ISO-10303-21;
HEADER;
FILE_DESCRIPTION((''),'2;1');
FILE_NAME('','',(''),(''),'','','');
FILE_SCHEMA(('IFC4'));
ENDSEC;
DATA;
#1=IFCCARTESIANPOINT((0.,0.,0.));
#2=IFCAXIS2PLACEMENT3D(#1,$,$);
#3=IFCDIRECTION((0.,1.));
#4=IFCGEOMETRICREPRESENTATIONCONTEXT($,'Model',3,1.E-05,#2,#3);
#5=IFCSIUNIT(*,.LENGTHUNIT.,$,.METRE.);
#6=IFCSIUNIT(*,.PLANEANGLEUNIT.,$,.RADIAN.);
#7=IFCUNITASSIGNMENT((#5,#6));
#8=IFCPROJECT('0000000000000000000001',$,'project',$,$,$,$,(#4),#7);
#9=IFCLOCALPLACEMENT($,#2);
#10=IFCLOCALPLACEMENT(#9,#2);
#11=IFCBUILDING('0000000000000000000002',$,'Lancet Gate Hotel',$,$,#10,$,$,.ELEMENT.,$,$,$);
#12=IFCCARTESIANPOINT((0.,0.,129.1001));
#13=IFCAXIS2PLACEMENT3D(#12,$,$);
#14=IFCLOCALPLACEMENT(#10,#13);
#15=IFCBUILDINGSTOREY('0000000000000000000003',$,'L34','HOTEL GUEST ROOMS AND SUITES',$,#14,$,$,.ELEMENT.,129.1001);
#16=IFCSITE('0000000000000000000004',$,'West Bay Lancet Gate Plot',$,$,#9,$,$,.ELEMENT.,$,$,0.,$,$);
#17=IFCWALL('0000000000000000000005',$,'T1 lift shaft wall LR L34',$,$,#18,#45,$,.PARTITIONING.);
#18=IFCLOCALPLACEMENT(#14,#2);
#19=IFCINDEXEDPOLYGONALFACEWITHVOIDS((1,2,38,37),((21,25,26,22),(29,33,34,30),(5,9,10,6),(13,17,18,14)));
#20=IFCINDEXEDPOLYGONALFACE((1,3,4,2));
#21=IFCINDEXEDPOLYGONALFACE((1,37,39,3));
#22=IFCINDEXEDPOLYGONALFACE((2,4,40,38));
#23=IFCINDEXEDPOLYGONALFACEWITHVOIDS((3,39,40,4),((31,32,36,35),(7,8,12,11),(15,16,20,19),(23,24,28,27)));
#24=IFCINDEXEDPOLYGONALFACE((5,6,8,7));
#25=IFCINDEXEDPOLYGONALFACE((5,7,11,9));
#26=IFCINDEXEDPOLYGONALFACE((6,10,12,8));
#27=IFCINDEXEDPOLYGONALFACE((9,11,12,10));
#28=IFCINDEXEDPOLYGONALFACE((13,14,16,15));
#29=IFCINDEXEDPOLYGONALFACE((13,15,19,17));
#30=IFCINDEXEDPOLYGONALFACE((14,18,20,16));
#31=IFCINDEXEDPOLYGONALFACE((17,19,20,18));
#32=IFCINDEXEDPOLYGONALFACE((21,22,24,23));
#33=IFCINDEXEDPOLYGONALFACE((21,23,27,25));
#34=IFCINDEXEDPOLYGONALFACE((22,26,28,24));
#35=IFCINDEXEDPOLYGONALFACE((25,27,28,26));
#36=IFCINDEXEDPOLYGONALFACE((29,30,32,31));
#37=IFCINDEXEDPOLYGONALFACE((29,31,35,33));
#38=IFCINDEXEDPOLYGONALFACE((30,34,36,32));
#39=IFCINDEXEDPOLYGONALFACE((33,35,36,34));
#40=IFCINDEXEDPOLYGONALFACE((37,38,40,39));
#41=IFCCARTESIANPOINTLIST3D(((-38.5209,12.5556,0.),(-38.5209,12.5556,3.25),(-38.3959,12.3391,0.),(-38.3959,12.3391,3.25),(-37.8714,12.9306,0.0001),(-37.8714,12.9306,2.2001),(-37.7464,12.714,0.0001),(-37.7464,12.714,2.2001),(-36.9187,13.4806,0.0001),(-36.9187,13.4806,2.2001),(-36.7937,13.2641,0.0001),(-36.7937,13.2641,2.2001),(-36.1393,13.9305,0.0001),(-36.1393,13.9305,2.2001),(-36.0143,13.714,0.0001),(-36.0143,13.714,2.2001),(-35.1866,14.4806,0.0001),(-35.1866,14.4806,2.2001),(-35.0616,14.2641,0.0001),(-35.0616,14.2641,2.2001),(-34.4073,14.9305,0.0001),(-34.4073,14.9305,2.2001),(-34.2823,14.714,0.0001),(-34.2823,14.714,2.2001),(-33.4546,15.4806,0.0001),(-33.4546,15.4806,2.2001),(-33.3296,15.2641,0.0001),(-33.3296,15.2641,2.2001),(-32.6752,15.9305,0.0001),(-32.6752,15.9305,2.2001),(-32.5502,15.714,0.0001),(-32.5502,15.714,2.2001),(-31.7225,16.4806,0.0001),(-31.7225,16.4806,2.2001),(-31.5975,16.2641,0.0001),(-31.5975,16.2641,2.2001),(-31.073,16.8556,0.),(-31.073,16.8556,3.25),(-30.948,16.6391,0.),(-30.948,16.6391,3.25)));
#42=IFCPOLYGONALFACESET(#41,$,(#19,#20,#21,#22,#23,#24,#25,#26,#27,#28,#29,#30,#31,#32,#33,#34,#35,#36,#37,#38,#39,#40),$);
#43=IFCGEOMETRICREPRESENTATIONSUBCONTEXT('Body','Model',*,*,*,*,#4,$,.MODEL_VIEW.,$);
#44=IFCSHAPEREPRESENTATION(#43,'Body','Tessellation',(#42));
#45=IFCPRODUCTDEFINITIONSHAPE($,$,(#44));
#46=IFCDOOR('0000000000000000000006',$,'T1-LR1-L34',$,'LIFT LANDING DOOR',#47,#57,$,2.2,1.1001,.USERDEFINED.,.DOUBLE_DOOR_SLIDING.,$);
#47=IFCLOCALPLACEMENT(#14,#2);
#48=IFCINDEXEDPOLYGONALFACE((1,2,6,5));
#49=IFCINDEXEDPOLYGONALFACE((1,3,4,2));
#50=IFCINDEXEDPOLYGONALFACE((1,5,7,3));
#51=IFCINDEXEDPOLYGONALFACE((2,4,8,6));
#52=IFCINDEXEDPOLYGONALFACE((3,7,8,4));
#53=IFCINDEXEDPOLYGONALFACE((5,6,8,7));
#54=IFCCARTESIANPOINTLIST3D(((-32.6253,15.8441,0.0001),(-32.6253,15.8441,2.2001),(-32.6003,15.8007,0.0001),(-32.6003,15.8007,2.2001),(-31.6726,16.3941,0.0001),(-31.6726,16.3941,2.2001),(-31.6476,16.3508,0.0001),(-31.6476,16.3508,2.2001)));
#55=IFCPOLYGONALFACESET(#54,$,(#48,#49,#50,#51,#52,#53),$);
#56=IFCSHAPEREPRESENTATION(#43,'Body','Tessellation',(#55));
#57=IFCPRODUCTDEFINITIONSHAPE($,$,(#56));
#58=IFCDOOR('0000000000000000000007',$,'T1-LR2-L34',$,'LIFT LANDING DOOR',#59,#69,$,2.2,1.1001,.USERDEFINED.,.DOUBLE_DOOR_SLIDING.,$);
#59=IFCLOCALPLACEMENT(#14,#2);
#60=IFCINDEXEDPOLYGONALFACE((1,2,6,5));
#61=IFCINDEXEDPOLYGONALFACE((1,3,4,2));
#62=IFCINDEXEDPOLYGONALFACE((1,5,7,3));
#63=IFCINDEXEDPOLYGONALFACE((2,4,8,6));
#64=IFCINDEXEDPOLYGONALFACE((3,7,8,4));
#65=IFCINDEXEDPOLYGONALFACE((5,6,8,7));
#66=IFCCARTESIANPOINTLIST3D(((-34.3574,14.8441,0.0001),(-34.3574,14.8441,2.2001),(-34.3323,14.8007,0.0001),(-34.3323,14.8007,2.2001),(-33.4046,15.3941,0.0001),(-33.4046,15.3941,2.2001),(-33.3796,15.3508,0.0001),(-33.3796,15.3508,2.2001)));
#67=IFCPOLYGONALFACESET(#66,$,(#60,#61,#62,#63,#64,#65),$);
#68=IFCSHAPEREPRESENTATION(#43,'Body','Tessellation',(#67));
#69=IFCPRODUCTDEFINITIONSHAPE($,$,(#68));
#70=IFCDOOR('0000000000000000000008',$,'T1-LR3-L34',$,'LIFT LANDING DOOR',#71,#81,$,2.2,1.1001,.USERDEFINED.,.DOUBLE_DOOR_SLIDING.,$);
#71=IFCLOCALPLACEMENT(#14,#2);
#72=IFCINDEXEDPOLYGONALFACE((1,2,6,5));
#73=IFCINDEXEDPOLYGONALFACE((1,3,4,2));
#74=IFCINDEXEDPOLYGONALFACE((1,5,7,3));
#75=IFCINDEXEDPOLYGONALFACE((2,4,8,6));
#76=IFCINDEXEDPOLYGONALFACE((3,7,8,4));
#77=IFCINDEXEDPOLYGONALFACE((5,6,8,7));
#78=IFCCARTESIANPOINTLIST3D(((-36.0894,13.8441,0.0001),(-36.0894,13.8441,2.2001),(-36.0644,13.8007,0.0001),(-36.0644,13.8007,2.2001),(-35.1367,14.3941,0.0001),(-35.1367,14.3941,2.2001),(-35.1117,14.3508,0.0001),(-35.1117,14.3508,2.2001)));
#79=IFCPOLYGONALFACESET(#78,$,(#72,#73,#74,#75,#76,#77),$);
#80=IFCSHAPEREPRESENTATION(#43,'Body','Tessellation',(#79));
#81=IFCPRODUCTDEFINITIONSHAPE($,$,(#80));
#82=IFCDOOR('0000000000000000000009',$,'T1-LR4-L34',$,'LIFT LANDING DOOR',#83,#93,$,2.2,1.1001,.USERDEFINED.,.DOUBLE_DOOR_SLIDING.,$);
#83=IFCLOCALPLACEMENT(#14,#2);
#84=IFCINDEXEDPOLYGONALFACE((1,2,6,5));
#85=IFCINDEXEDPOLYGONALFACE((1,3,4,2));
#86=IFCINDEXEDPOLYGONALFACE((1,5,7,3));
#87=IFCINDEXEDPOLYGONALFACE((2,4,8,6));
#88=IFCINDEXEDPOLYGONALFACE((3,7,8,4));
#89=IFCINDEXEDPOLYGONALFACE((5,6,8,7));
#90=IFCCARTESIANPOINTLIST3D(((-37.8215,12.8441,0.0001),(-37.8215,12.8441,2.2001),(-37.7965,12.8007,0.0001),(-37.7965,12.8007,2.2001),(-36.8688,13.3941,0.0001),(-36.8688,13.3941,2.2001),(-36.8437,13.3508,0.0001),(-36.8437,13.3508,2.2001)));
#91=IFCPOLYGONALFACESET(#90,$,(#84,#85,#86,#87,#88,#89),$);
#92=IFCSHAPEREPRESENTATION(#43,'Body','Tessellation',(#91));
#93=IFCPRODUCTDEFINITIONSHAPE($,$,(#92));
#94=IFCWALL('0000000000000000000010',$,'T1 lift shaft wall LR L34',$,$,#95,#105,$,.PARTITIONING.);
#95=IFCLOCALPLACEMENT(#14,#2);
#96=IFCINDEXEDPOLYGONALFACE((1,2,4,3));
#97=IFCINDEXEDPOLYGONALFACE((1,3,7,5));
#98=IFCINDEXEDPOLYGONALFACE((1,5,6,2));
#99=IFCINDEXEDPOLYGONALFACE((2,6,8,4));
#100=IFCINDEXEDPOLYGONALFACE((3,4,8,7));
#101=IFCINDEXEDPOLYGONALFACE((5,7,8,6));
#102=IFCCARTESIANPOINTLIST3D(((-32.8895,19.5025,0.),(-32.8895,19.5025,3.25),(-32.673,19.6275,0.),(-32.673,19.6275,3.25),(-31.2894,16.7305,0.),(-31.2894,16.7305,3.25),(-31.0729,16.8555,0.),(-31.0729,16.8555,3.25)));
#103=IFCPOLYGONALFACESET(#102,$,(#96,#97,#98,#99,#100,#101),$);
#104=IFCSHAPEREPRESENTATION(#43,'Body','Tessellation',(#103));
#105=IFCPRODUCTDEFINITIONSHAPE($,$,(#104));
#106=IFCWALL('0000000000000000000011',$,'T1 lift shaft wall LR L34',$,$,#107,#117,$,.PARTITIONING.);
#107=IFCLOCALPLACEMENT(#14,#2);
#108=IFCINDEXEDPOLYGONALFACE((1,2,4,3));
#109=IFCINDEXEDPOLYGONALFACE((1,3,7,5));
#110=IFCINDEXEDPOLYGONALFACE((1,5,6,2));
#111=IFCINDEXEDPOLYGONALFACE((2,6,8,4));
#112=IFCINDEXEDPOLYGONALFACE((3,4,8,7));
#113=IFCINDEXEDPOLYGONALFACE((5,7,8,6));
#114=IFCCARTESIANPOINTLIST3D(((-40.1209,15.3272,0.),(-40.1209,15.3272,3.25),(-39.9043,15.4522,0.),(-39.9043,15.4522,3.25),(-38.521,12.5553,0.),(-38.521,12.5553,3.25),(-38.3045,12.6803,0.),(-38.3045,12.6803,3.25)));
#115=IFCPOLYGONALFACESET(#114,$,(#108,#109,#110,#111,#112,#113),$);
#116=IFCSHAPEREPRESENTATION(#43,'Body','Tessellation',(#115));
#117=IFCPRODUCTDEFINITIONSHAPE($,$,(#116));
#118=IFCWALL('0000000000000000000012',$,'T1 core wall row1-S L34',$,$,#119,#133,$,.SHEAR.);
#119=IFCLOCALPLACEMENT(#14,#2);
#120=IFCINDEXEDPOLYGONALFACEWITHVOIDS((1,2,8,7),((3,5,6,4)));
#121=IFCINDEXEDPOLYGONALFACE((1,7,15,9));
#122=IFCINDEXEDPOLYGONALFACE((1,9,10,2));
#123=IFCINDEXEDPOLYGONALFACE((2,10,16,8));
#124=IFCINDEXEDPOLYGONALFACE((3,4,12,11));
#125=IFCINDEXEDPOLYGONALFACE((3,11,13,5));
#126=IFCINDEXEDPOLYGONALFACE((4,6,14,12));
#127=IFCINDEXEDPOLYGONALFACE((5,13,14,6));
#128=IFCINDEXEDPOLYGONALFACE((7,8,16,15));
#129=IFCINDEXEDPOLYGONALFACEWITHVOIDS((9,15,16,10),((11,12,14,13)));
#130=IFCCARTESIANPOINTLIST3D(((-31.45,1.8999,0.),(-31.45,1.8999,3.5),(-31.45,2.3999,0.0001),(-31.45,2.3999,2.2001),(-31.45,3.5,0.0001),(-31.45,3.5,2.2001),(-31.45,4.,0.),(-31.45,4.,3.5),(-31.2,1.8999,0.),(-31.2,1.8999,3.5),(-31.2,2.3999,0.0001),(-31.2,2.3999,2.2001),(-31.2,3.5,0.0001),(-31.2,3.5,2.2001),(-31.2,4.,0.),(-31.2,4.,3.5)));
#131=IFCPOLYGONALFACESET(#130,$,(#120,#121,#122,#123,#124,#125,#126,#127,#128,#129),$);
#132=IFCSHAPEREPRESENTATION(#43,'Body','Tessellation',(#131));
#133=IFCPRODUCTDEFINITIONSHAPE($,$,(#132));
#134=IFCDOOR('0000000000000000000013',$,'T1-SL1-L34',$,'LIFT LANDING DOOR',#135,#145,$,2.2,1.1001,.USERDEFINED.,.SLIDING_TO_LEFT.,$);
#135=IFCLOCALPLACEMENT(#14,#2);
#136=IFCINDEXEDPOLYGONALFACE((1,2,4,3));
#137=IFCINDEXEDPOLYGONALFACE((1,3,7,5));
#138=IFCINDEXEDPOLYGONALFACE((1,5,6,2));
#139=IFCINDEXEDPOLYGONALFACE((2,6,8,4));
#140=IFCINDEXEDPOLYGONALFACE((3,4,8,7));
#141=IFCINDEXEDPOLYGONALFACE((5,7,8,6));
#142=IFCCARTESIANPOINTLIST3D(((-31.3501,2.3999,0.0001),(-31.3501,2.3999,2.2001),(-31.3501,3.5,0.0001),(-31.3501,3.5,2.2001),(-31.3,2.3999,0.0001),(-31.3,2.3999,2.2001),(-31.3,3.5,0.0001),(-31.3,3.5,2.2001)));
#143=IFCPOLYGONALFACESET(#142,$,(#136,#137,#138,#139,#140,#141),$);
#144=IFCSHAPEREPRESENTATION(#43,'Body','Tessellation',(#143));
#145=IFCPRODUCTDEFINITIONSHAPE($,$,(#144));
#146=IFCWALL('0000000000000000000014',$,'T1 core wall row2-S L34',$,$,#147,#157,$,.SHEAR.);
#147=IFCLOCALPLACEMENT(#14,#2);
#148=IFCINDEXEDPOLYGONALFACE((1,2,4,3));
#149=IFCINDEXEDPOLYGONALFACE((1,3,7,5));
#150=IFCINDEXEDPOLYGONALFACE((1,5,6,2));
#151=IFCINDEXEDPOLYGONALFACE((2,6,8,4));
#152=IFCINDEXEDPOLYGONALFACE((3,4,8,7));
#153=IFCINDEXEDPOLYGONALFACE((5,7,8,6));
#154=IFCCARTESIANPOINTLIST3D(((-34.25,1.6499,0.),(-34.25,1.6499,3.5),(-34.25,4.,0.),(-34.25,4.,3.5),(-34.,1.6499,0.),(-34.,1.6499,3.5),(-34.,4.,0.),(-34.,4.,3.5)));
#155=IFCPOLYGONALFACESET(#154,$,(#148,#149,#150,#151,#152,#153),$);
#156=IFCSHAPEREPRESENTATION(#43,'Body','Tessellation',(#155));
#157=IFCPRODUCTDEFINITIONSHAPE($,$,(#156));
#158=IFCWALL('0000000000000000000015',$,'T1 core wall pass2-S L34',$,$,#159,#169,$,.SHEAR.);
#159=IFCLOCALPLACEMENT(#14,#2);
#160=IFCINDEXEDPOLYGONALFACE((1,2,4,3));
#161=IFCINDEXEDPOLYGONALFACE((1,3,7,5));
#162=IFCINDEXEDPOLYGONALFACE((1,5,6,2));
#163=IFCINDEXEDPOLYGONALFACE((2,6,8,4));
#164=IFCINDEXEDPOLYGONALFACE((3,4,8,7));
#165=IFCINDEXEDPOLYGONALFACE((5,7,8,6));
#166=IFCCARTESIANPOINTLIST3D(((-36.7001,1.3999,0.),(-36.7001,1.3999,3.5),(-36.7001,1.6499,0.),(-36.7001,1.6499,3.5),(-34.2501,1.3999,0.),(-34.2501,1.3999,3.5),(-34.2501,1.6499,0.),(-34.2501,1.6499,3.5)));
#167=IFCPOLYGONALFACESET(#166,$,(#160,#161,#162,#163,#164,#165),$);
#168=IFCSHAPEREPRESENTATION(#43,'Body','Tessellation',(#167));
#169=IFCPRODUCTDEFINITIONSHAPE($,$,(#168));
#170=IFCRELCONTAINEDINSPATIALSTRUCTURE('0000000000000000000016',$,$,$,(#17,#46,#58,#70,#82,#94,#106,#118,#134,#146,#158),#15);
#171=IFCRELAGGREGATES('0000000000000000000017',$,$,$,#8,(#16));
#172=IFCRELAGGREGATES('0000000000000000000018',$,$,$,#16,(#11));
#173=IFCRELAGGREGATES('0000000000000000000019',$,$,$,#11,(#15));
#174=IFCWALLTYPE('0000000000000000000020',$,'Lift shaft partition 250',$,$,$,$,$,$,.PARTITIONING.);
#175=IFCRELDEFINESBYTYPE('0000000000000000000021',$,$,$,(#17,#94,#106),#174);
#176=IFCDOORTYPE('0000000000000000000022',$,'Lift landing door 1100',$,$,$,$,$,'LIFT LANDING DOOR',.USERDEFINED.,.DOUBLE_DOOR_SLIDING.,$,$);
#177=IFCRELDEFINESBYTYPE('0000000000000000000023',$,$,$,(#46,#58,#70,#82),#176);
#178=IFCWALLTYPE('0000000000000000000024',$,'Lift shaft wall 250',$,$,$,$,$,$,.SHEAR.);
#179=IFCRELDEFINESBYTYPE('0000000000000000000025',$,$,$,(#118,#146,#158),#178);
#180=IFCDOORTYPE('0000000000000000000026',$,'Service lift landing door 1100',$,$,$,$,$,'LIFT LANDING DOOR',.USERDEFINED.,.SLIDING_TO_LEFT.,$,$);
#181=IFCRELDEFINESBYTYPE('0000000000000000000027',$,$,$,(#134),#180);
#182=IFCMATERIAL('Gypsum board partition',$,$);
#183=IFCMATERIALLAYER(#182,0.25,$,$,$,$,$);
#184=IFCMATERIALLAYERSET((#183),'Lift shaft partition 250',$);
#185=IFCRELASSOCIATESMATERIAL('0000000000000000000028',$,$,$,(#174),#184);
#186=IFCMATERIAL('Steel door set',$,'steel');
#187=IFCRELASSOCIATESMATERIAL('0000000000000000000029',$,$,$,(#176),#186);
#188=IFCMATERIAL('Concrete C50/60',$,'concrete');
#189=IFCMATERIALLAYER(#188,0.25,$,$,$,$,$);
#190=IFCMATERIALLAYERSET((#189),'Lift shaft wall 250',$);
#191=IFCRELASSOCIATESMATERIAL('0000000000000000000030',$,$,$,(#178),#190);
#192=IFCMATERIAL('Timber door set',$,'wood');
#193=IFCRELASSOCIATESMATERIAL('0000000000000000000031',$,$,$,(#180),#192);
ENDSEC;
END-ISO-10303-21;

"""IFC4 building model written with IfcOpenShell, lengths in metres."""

from ifc_helpers import new_model, si_unit, direction, frame, frame_2d, origin, place, context, subcontext, project, spatial, rectangle, extrude, material, layer, layer_set, type_object, element, fill, save


model = new_model("IFC4")

# Units and contexts
model_context = context("Model", 3, precision=1e-05, world=origin(), true_north=direction((0.0, 1.0)))
body_context = subcontext(model_context, "Body", "Model", "MODEL_VIEW")
ifc_project = project(units=[si_unit("LENGTHUNIT", "METRE"), si_unit("PLANEANGLEUNIT", "RADIAN")], contexts=[model_context])

# Site, building, storey
site_placement = place(None, origin())
site = spatial("IfcSite", under=ifc_project, at=site_placement, Name="West Bay Lancet Gate Plot", CompositionType="ELEMENT", RefElevation=0.0)
building_placement = place(site_placement, origin())
building = spatial("IfcBuilding", under=site, at=building_placement, Name="Lancet Gate Hotel", CompositionType="ELEMENT")
storey_placement = place(building_placement, frame((0.0, 0.0, 129.1001)))
storey = spatial("IfcBuildingStorey", under=building, at=storey_placement, Name="L34", Description="HOTEL GUEST ROOMS AND SUITES", CompositionType="ELEMENT", Elevation=129.1001)

# Wall, openings, doors
ifc_material_1 = material(Name="Gypsum board partition")
ifc_layer_1 = layer(ifc_material_1, 0.25)
ifc_layer_set_1 = layer_set([ifc_layer_1], Name="Lift shaft partition 250")
wall_type_1 = type_object("IfcWallType", Name="Lift shaft partition 250", PredefinedType="PARTITIONING", material=ifc_layer_set_1)
wall_1_placement = place(storey_placement, frame((-31.0105, 16.7473, 0.0), z_axis=(0.0, 0.0, 1.0), x_axis=(-0.866028, -0.499995, 0.0)))
wall_1 = element("IfcWall", 1, at=wall_1_placement, inside=storey, type_object=wall_type_1, Name="T1 lift shaft wall LR L34", PredefinedType="PARTITIONING", context=body_context, shape_type="SweptSolid", body=[
    extrude(rectangle(XDim=8.6001, YDim=0.25, at=frame_2d((4.3, 0.0))), origin(), (0.0, 0.0, 1.0), 3.25),
])
opening_1_placement = place(wall_1_placement, frame((0.75, 0.0, 0.0)))
opening_1 = element("IfcOpeningElement", 2, at=opening_1_placement, cuts=wall_1, PredefinedType="OPENING", context=body_context, shape_type="SweptSolid", body=[
    extrude(rectangle(XDim=1.1001, YDim=2.2, at=frame_2d((0.55, 1.1001))), frame((0.0, 0.135, 0.0), z_axis=(0.0, -1.0, 0.0), x_axis=(1.0, 0.0, 0.0)), (0.0, 0.0, 1.0), 0.27),
])
opening_2_placement = place(wall_1_placement, frame((2.75, 0.0, 0.0)))
opening_2 = element("IfcOpeningElement", 3, at=opening_2_placement, cuts=wall_1, PredefinedType="OPENING", context=body_context, shape_type="SweptSolid", body=[
    extrude(rectangle(XDim=1.1001, YDim=2.2, at=frame_2d((0.55, 1.1001))), frame((0.0, 0.135, 0.0), z_axis=(0.0, -1.0, 0.0), x_axis=(1.0, 0.0, 0.0)), (0.0, 0.0, 1.0), 0.27),
])
opening_3_placement = place(wall_1_placement, frame((4.75, 0.0, 0.0)))
opening_3 = element("IfcOpeningElement", 4, at=opening_3_placement, cuts=wall_1, PredefinedType="OPENING", context=body_context, shape_type="SweptSolid", body=[
    extrude(rectangle(XDim=1.1001, YDim=2.2, at=frame_2d((0.55, 1.1001))), frame((0.0, 0.135, 0.0), z_axis=(0.0, -1.0, 0.0), x_axis=(1.0, 0.0, 0.0)), (0.0, 0.0, 1.0), 0.27),
])
opening_4_placement = place(wall_1_placement, frame((6.75, 0.0, 0.0)))
opening_4 = element("IfcOpeningElement", 5, at=opening_4_placement, cuts=wall_1, PredefinedType="OPENING", context=body_context, shape_type="SweptSolid", body=[
    extrude(rectangle(XDim=1.1001, YDim=2.2, at=frame_2d((0.55, 1.1001))), frame((0.0, 0.135, 0.0), z_axis=(0.0, -1.0, 0.0), x_axis=(1.0, 0.0, 0.0)), (0.0, 0.0, 1.0), 0.27),
])
ifc_material_2 = material(Name="Steel door set", Category="steel")
door_type_1 = type_object("IfcDoorType", Name="Lift landing door 1100", ElementType="LIFT LANDING DOOR", OperationType="DOUBLE_DOOR_SLIDING", PredefinedType="USERDEFINED", material=ifc_material_2)
door_1_placement = place(opening_1_placement, origin())
door_1 = element("IfcDoor", 6, at=door_1_placement, inside=storey, type_object=door_type_1, Name="T1-LR1-L34", ObjectType="LIFT LANDING DOOR", OperationType="DOUBLE_DOOR_SLIDING", OverallHeight=2.2, OverallWidth=1.1001, PredefinedType="USERDEFINED", context=body_context, shape_type="SweptSolid", body=[
    extrude(rectangle(XDim=1.1001, YDim=2.2, at=frame_2d((0.55, 1.1001))), frame((0.0, 0.0249, 0.0), z_axis=(0.0, -1.0, 0.0), x_axis=(1.0, 0.0, 0.0)), (0.0, 0.0, 1.0), 0.05),
])
fill(opening_1, door_1)
door_2_placement = place(opening_2_placement, origin())
door_2 = element("IfcDoor", 7, at=door_2_placement, inside=storey, type_object=door_type_1, Name="T1-LR2-L34", ObjectType="LIFT LANDING DOOR", OperationType="DOUBLE_DOOR_SLIDING", OverallHeight=2.2, OverallWidth=1.1001, PredefinedType="USERDEFINED", context=body_context, shape_type="SweptSolid", body=[
    extrude(rectangle(XDim=1.1001, YDim=2.2, at=frame_2d((0.55, 1.1001))), frame((0.0, 0.0249, 0.0), z_axis=(0.0, -1.0, 0.0), x_axis=(1.0, 0.0, 0.0)), (0.0, 0.0, 1.0), 0.05),
])
fill(opening_2, door_2)
door_3_placement = place(opening_3_placement, origin())
door_3 = element("IfcDoor", 8, at=door_3_placement, inside=storey, type_object=door_type_1, Name="T1-LR3-L34", ObjectType="LIFT LANDING DOOR", OperationType="DOUBLE_DOOR_SLIDING", OverallHeight=2.2, OverallWidth=1.1001, PredefinedType="USERDEFINED", context=body_context, shape_type="SweptSolid", body=[
    extrude(rectangle(XDim=1.1001, YDim=2.2, at=frame_2d((0.55, 1.1001))), frame((0.0, 0.0249, 0.0), z_axis=(0.0, -1.0, 0.0), x_axis=(1.0, 0.0, 0.0)), (0.0, 0.0, 1.0), 0.05),
])
fill(opening_3, door_3)
door_4_placement = place(opening_4_placement, origin())
door_4 = element("IfcDoor", 9, at=door_4_placement, inside=storey, type_object=door_type_1, Name="T1-LR4-L34", ObjectType="LIFT LANDING DOOR", OperationType="DOUBLE_DOOR_SLIDING", OverallHeight=2.2, OverallWidth=1.1001, PredefinedType="USERDEFINED", context=body_context, shape_type="SweptSolid", body=[
    extrude(rectangle(XDim=1.1001, YDim=2.2, at=frame_2d((0.55, 1.1001))), frame((0.0, 0.0249, 0.0), z_axis=(0.0, -1.0, 0.0), x_axis=(1.0, 0.0, 0.0)), (0.0, 0.0, 1.0), 0.05),
])
fill(opening_4, door_4)

# Walls
wall_2_placement = place(storey_placement, frame((-31.1812, 16.793, 0.0), z_axis=(0.0, 0.0, 1.0), x_axis=(-0.499929, 0.866066, 0.0)))
element("IfcWall", 10, at=wall_2_placement, inside=storey, type_object=wall_type_1, Name="T1 lift shaft wall LR L34", PredefinedType="PARTITIONING", context=body_context, shape_type="SweptSolid", body=[
    extrude(rectangle(XDim=3.2007, YDim=0.25, at=frame_2d((1.6003, 0.0))), origin(), (0.0, 0.0, 1.0), 3.25),
])
wall_3_placement = place(storey_placement, frame((-38.4128, 12.6179, 0.0), z_axis=(0.0, 0.0, 1.0), x_axis=(-0.499872, 0.866099, 0.0)))
element("IfcWall", 11, at=wall_3_placement, inside=storey, type_object=wall_type_1, Name="T1 lift shaft wall LR L34", PredefinedType="PARTITIONING", context=body_context, shape_type="SweptSolid", body=[
    extrude(rectangle(XDim=3.2004, YDim=0.25, at=frame_2d((1.6001, 0.0))), origin(), (0.0, 0.0, 1.0), 3.25),
])

# Wall, opening, door
ifc_material_3 = material(Name="Concrete C50/60", Category="concrete")
ifc_layer_2 = layer(ifc_material_3, 0.25)
ifc_layer_set_2 = layer_set([ifc_layer_2], Name="Lift shaft wall 250")
wall_type_2 = type_object("IfcWallType", Name="Lift shaft wall 250", PredefinedType="SHEAR", material=ifc_layer_set_2)
wall_4_placement = place(storey_placement, frame((-31.325, 4.0, 0.0), z_axis=(0.0, 0.0, 1.0), x_axis=(0.0, -1.0, 0.0)))
wall_4 = element("IfcWall", 12, at=wall_4_placement, inside=storey, type_object=wall_type_2, Name="T1 core wall row1-S L34", PredefinedType="SHEAR", context=body_context, shape_type="SweptSolid", body=[
    extrude(rectangle(XDim=2.1001, YDim=0.25, at=frame_2d((1.05, 0.0))), origin(), (0.0, 0.0, 1.0), 3.5),
])
opening_5_placement = place(wall_4_placement, frame((0.5, 0.0, 0.0)))
opening_5 = element("IfcOpeningElement", 13, at=opening_5_placement, cuts=wall_4, PredefinedType="OPENING", context=body_context, shape_type="SweptSolid", body=[
    extrude(rectangle(XDim=1.1001, YDim=2.2, at=frame_2d((0.55, 1.1001))), frame((0.0, 0.135, 0.0), z_axis=(0.0, -1.0, 0.0), x_axis=(1.0, 0.0, 0.0)), (0.0, 0.0, 1.0), 0.27),
])
ifc_material_4 = material(Name="Timber door set", Category="wood")
door_type_2 = type_object("IfcDoorType", Name="Service lift landing door 1100", ElementType="LIFT LANDING DOOR", OperationType="SLIDING_TO_LEFT", PredefinedType="USERDEFINED", material=ifc_material_4)
door_5_placement = place(opening_5_placement, origin())
door_5 = element("IfcDoor", 14, at=door_5_placement, inside=storey, type_object=door_type_2, Name="T1-SL1-L34", ObjectType="LIFT LANDING DOOR", OperationType="SLIDING_TO_LEFT", OverallHeight=2.2, OverallWidth=1.1001, PredefinedType="USERDEFINED", context=body_context, shape_type="SweptSolid", body=[
    extrude(rectangle(XDim=1.1001, YDim=2.2, at=frame_2d((0.55, 1.1001))), frame((0.0, 0.0249, 0.0), z_axis=(0.0, -1.0, 0.0), x_axis=(1.0, 0.0, 0.0)), (0.0, 0.0, 1.0), 0.05),
])
fill(opening_5, door_5)

# Walls
wall_5_placement = place(storey_placement, frame((-34.125, 4.0, 0.0), z_axis=(0.0, 0.0, 1.0), x_axis=(0.0, -1.0, 0.0)))
element("IfcWall", 15, at=wall_5_placement, inside=storey, type_object=wall_type_2, Name="T1 core wall row2-S L34", PredefinedType="SHEAR", context=body_context, shape_type="SweptSolid", body=[
    extrude(rectangle(XDim=2.3501, YDim=0.25, at=frame_2d((1.175, 0.0))), origin(), (0.0, 0.0, 1.0), 3.5),
])
wall_6_placement = place(storey_placement, frame((-34.25, 1.5249, 0.0), z_axis=(0.0, 0.0, 1.0), x_axis=(-1.0, 0.0, 0.0)))
element("IfcWall", 16, at=wall_6_placement, inside=storey, type_object=wall_type_2, Name="T1 core wall pass2-S L34", PredefinedType="SHEAR", context=body_context, shape_type="SweptSolid", body=[
    extrude(rectangle(XDim=2.45, YDim=0.25, at=frame_2d((1.2251, 0.0))), origin(), (0.0, 0.0, 1.0), 3.5),
])

save(model, "model.ifc")
